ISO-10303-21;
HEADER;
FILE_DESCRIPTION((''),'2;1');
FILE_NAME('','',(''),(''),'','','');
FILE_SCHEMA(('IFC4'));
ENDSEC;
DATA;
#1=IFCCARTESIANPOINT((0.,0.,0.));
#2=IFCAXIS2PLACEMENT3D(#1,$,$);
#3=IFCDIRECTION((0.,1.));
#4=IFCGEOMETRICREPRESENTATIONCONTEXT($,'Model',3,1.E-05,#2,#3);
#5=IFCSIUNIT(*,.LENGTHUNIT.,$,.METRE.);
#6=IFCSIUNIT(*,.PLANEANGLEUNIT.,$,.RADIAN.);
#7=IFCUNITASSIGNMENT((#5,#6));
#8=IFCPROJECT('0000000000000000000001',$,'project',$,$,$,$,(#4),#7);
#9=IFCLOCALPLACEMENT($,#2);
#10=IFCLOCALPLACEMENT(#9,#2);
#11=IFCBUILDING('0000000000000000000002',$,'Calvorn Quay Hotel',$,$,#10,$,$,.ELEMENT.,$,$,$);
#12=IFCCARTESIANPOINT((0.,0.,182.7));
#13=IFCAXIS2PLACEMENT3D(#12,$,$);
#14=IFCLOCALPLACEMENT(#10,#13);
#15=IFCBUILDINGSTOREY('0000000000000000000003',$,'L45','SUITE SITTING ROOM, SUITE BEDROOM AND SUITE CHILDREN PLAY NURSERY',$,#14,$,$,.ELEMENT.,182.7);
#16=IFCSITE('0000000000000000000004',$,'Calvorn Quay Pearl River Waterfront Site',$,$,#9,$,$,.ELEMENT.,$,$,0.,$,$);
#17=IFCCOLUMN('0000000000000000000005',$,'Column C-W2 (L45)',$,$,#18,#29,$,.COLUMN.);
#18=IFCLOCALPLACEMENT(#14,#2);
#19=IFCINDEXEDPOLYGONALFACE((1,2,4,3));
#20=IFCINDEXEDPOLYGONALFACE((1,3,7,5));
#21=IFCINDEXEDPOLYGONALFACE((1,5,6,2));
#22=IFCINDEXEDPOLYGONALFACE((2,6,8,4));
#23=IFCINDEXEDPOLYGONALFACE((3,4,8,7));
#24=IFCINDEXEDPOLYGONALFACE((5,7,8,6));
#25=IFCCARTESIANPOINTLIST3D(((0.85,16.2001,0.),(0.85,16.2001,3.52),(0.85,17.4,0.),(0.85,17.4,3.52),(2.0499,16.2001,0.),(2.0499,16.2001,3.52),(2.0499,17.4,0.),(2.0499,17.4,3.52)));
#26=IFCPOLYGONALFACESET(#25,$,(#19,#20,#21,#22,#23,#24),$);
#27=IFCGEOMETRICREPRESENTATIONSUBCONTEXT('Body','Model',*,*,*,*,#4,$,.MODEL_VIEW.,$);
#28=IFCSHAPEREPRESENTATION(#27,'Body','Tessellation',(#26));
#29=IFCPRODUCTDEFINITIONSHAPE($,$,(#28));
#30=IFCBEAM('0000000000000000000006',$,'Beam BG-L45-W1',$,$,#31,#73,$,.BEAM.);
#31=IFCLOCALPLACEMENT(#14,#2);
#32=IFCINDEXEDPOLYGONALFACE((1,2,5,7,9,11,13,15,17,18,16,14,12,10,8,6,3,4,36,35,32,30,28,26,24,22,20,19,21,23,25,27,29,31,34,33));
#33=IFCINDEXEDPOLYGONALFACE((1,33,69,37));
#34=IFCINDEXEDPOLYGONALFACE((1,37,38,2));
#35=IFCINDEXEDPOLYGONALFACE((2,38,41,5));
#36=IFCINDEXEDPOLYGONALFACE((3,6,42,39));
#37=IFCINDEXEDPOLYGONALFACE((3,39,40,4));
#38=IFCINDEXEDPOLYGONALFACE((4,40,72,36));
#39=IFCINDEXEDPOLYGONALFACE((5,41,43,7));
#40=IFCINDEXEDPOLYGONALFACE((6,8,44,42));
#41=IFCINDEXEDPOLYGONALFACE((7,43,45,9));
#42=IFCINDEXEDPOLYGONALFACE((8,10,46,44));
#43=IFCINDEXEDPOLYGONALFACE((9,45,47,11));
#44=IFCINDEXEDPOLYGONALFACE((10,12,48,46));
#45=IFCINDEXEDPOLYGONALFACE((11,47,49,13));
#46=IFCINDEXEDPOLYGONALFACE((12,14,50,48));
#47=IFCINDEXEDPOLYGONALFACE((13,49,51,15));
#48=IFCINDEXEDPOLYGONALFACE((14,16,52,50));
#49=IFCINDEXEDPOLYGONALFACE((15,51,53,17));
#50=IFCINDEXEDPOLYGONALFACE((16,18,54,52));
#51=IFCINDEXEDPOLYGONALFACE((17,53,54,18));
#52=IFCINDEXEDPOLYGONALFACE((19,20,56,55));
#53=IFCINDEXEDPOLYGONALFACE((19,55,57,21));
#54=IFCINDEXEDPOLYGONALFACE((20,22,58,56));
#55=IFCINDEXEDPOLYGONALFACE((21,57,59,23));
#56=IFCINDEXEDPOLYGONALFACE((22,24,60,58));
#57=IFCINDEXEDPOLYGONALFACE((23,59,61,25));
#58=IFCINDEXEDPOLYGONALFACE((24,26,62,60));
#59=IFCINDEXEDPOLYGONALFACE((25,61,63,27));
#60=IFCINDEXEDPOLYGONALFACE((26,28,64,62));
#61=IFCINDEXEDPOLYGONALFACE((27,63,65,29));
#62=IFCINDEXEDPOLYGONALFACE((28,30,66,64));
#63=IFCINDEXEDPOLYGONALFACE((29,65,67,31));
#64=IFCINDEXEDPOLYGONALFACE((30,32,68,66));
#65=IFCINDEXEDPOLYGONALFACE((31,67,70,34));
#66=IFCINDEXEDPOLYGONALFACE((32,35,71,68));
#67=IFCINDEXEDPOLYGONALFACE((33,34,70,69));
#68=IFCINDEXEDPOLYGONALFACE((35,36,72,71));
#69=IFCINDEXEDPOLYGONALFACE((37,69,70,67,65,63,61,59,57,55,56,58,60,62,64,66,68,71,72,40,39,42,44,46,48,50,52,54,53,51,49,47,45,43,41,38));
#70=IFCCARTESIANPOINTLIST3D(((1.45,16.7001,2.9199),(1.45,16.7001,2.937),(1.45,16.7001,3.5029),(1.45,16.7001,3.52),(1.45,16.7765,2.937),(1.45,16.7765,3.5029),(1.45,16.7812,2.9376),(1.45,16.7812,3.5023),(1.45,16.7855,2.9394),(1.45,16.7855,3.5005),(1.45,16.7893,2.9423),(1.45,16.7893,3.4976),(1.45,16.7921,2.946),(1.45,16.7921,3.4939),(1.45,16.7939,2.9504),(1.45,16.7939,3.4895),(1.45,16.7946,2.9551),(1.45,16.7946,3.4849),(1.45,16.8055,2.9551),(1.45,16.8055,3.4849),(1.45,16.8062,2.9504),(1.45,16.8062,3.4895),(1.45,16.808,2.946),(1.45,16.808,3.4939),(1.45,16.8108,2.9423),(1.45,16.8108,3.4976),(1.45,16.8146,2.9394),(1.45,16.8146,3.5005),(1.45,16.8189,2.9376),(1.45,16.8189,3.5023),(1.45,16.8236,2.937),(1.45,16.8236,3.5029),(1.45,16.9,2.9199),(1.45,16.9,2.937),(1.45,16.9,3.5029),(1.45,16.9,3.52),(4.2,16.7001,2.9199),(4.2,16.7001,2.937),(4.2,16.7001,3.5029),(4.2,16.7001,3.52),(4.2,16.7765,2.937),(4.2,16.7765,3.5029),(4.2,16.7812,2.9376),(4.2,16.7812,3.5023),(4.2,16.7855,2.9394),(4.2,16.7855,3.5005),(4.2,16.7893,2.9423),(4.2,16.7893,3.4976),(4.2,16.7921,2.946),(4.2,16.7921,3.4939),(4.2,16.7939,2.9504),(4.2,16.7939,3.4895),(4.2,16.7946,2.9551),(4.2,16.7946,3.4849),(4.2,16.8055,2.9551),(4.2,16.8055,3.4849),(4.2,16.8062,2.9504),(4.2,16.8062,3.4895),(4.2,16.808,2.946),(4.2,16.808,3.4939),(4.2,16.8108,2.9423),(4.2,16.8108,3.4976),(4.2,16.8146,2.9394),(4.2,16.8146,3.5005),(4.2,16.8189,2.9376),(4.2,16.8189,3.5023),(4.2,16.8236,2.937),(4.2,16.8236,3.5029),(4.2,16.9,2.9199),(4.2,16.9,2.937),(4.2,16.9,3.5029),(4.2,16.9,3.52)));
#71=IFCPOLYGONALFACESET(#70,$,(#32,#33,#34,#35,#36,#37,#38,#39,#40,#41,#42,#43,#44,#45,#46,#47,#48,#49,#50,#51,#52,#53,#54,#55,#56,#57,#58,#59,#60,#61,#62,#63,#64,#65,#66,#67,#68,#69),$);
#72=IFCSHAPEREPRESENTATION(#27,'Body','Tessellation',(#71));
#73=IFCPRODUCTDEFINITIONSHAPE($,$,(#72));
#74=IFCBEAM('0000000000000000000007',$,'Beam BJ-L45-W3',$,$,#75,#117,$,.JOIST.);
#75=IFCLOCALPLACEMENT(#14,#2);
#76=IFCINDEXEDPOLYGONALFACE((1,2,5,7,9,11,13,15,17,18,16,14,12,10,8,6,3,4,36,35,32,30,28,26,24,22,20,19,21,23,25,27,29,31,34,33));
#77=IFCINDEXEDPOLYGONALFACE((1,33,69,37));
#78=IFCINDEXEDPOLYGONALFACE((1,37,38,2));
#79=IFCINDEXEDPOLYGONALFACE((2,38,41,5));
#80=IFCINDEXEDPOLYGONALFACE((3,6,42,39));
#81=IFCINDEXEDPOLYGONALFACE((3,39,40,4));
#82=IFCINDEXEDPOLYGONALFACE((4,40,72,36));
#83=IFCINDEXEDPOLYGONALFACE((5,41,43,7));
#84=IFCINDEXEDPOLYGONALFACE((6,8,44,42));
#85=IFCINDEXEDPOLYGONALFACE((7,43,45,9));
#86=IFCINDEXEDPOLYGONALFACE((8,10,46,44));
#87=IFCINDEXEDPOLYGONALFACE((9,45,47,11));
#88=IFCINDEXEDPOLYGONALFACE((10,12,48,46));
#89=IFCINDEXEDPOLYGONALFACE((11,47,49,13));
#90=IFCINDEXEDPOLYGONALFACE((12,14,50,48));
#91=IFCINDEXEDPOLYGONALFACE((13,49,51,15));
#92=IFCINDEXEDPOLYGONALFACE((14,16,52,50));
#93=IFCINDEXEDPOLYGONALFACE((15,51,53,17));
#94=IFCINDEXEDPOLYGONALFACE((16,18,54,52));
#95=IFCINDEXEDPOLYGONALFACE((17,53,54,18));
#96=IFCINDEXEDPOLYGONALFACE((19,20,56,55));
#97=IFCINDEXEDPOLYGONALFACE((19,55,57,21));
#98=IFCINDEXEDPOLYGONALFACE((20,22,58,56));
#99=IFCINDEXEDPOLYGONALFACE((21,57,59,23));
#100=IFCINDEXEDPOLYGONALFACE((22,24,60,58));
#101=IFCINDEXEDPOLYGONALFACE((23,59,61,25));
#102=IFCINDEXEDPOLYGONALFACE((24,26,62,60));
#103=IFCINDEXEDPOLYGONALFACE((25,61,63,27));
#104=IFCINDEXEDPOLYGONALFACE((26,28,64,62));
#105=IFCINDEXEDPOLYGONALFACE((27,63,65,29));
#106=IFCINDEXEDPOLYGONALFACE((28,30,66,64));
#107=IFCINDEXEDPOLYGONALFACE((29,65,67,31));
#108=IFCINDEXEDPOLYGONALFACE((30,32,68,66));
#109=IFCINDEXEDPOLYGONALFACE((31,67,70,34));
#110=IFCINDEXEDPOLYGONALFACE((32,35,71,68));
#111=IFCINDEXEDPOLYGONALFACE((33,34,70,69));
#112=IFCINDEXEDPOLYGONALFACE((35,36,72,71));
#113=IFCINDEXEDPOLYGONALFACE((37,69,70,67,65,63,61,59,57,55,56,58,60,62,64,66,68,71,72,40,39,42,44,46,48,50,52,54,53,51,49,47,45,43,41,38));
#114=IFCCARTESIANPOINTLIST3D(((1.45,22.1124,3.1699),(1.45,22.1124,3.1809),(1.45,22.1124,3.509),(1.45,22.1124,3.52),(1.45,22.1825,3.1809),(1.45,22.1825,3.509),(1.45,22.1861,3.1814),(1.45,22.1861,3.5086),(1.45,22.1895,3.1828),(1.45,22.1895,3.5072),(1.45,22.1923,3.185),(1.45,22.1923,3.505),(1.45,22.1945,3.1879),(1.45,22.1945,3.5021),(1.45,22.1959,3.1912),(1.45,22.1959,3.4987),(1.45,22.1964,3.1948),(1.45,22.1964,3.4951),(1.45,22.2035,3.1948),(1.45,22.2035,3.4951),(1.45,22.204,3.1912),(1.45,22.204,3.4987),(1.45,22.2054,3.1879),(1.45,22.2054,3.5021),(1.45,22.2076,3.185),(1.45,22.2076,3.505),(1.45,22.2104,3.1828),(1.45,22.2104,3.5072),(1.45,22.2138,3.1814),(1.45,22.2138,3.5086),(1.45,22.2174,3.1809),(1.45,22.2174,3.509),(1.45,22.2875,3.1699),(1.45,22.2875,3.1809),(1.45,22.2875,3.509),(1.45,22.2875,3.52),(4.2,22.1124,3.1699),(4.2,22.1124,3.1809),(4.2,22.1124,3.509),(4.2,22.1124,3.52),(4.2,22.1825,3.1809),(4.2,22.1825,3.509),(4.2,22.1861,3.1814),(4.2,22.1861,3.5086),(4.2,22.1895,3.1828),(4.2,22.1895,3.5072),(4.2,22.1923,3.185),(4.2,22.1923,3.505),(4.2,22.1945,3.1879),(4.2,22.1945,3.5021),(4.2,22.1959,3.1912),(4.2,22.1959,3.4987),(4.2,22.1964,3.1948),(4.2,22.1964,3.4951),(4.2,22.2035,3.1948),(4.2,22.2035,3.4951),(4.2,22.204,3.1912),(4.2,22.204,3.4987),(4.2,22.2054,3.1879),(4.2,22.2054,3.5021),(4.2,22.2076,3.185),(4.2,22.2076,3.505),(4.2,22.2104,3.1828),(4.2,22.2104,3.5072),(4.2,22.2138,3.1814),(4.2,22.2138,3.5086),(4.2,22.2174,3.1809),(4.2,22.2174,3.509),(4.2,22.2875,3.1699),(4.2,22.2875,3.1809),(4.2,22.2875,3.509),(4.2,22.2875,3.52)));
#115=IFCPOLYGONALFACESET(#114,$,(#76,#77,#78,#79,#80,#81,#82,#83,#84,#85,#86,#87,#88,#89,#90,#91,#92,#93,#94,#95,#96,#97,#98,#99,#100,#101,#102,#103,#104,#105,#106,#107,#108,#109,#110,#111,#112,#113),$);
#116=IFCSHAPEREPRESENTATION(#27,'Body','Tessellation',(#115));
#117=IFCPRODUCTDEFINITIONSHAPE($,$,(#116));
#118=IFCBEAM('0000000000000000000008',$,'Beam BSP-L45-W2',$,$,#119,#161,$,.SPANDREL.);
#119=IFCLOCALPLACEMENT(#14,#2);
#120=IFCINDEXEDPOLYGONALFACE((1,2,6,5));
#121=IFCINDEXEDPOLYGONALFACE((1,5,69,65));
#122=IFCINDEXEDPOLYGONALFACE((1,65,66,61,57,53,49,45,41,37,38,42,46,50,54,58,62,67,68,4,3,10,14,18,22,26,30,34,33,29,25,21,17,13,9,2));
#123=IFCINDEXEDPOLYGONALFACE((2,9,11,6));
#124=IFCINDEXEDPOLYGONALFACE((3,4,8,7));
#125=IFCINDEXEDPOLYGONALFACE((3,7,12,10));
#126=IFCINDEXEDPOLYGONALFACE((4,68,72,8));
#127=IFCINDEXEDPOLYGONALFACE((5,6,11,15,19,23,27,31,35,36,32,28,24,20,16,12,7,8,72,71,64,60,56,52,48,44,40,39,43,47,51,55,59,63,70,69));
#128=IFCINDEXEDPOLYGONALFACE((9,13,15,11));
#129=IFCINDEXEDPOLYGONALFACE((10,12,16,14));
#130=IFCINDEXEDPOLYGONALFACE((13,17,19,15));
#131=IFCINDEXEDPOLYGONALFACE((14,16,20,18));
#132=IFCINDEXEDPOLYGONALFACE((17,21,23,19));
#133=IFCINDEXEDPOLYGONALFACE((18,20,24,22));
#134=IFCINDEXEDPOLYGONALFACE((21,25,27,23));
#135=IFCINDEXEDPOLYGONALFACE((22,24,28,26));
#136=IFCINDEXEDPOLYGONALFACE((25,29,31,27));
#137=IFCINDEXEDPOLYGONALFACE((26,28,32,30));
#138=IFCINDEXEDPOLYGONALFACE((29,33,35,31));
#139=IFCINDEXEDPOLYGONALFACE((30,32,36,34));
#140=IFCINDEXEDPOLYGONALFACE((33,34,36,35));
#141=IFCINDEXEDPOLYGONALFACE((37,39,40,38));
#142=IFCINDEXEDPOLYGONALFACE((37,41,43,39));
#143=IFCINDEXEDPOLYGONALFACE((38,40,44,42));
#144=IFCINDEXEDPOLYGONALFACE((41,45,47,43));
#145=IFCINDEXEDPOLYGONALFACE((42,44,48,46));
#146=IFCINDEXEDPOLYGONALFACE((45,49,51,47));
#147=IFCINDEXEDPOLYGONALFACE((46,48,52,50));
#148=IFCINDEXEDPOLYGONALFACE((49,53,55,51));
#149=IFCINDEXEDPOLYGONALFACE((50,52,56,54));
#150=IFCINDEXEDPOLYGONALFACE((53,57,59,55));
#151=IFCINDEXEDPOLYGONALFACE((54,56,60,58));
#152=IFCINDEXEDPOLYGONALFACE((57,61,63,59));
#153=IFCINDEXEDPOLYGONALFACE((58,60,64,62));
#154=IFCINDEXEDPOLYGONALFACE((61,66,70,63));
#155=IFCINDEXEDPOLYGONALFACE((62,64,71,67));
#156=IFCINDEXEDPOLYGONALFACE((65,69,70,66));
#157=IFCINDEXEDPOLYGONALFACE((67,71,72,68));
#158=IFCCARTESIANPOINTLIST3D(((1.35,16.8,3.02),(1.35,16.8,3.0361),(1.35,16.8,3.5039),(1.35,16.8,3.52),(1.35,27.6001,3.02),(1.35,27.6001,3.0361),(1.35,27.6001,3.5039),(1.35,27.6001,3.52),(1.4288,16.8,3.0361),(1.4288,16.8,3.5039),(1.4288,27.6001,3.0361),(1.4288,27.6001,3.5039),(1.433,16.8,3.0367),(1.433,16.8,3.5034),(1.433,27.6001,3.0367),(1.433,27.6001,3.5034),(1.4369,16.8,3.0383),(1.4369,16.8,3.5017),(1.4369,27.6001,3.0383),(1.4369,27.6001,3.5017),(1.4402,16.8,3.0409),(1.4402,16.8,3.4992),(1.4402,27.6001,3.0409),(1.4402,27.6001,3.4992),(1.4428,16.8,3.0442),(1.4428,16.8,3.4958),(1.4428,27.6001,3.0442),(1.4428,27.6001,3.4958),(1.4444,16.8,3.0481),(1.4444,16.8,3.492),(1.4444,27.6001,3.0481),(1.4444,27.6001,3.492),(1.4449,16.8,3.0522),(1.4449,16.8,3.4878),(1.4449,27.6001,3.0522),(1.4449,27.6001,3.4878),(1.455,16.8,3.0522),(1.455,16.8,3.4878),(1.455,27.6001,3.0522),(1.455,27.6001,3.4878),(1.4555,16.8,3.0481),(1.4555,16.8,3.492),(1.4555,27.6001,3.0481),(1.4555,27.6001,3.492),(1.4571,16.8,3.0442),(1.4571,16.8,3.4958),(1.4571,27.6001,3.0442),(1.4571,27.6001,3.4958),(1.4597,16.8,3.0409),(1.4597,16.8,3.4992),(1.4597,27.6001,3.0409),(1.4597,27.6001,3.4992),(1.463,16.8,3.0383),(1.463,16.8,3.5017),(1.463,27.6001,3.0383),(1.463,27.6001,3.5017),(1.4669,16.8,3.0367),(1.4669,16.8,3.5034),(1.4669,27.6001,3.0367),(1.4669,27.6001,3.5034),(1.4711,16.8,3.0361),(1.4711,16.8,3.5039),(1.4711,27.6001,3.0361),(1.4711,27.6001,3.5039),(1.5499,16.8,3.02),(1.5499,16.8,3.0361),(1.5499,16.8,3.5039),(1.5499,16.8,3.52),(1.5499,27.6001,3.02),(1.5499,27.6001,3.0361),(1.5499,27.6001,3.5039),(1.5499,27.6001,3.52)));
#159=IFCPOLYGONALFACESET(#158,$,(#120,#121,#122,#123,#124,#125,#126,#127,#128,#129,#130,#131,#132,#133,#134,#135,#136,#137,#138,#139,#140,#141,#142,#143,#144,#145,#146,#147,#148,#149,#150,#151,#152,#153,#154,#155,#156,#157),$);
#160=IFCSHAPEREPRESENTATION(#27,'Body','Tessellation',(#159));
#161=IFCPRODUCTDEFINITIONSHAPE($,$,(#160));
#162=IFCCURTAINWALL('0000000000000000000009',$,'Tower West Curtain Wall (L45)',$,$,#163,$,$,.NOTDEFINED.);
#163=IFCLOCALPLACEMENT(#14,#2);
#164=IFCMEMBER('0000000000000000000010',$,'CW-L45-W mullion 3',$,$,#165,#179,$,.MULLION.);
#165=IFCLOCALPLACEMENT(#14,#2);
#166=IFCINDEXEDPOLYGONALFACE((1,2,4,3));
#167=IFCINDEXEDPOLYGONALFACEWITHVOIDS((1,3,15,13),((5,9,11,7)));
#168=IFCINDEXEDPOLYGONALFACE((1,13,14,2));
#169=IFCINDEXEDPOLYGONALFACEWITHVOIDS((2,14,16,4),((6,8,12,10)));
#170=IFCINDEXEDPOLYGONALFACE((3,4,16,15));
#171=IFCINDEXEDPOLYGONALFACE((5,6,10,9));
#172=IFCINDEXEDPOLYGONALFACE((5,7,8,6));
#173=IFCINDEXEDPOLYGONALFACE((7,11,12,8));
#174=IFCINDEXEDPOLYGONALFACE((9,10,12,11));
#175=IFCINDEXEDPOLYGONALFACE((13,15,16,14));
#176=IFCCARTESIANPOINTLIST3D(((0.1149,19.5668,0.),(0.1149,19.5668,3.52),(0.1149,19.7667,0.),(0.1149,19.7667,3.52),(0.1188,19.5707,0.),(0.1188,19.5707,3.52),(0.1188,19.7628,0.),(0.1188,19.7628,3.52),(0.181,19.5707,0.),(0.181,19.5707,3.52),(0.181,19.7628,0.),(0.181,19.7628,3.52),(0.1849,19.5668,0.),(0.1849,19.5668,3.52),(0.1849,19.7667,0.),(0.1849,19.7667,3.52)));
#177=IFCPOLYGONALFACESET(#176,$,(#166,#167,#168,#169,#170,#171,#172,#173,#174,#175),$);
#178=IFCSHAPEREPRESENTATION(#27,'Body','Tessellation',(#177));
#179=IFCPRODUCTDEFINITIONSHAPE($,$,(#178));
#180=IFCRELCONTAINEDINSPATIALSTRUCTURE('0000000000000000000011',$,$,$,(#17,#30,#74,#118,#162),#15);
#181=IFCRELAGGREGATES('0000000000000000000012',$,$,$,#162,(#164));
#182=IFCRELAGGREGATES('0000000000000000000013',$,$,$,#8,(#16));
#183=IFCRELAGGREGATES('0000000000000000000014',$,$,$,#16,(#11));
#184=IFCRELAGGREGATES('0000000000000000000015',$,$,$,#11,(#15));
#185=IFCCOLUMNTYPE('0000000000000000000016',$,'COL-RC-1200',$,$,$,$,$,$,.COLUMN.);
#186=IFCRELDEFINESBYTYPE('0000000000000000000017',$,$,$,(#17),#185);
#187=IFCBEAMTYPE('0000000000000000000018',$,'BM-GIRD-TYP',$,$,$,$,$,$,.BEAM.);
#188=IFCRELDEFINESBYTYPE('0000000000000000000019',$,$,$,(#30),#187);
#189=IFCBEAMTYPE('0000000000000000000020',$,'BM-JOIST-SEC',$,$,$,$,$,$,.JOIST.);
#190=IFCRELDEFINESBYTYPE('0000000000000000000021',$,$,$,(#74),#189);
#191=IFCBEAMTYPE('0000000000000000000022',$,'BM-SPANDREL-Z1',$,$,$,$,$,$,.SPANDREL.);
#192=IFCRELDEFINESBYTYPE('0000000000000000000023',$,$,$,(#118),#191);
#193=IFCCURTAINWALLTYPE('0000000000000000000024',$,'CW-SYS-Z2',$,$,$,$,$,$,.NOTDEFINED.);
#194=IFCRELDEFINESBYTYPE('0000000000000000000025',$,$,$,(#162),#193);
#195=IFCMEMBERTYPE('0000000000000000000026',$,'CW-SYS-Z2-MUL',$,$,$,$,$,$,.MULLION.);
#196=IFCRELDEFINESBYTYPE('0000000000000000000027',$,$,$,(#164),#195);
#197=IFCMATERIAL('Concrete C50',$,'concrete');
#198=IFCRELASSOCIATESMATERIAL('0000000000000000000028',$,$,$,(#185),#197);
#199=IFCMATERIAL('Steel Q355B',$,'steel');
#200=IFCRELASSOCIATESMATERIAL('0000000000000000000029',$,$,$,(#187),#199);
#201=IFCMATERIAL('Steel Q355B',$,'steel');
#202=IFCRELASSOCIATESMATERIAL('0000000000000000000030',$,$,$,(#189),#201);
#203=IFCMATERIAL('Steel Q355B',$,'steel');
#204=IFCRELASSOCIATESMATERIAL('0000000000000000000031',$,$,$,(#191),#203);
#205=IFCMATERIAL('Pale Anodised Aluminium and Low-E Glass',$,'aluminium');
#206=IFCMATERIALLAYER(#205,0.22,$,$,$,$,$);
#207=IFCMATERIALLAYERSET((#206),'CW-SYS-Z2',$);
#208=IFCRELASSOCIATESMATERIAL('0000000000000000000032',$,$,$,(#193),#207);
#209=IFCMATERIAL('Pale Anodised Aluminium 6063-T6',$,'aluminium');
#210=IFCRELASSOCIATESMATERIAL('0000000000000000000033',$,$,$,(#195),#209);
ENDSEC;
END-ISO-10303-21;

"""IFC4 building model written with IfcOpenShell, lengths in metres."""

from ifc_helpers import new_model, si_unit, direction, frame, origin, origin_2d, place, context, subcontext, project, spatial, rectangle, hollow_rectangle, i_section, extrude, material, layer, layer_set, material_profile, profile_set, type_object, element, aggregate, save


model = new_model("IFC4")

# Units and contexts
model_context = context("Model", 3, precision=1e-05, world=origin(), true_north=direction((0.0, 1.0)))
body_context = subcontext(model_context, "Body", "Model", "MODEL_VIEW")
ifc_project = project(units=[si_unit("LENGTHUNIT", "METRE"), si_unit("PLANEANGLEUNIT", "RADIAN")], contexts=[model_context])

# Site, building, storey
site_placement = place(None, origin())
site = spatial("IfcSite", under=ifc_project, at=site_placement, Name="Calvorn Quay Pearl River Waterfront Site", CompositionType="ELEMENT", RefElevation=0.0)
building_placement = place(site_placement, origin())
building = spatial("IfcBuilding", under=site, at=building_placement, Name="Calvorn Quay Hotel", CompositionType="ELEMENT")
storey_placement = place(building_placement, frame((0.0, 0.0, 182.7)))
storey = spatial("IfcBuildingStorey", under=building, at=storey_placement, Name="L45", Description="SUITE SITTING ROOM, SUITE BEDROOM AND SUITE CHILDREN PLAY NURSERY", CompositionType="ELEMENT", Elevation=182.7)

# Column
ifc_material_1 = material(Name="Concrete C50", Category="concrete")
ifc_material_profile_1 = material_profile(ifc_material_1, rectangle(XDim=1.2, YDim=1.2, at=origin_2d()), Name="RC1200x1200")
ifc_profile_set_1 = profile_set([ifc_material_profile_1], Name="Concrete C50")
column_type = type_object("IfcColumnType", Name="COL-RC-1200", PredefinedType="COLUMN", material=ifc_profile_set_1)
column_placement = place(storey_placement, frame((1.45, 16.8, 0.0), z_axis=(0.0, 0.0, 1.0), x_axis=(1.0, 0.0, 0.0)))
element("IfcColumn", 1, at=column_placement, inside=storey, type_object=column_type, Name="Column C-W2 (L45)", PredefinedType="COLUMN", context=body_context, shape_type="SweptSolid", body=[
    extrude(rectangle(XDim=1.2, YDim=1.2, at=origin_2d()), origin(), (0.0, 0.0, 1.0), 3.52),
])

# Beams
ifc_material_2 = material(Name="Steel Q355B", Category="steel")
ifc_material_profile_2 = material_profile(ifc_material_2, i_section(OverallWidth=0.2, OverallDepth=0.6001, WebThickness=0.011, FlangeThickness=0.0171, FilletRadius=0.0181, at=origin_2d()), Name="HN600x200x11x17")
ifc_profile_set_2 = profile_set([ifc_material_profile_2], Name="Steel Q355B")
beam_type_1 = type_object("IfcBeamType", Name="BM-GIRD-TYP", PredefinedType="BEAM", material=ifc_profile_set_2)
beam_1_placement = place(storey_placement, frame((1.45, 16.8, 3.22), z_axis=(1.0, 0.0, 0.0), x_axis=(0.0, 1.0, 0.0)))
element("IfcBeam", 2, at=beam_1_placement, inside=storey, type_object=beam_type_1, Name="Beam BG-L45-W1", PredefinedType="BEAM", context=body_context, shape_type="SweptSolid", body=[
    extrude(i_section(OverallWidth=0.2, OverallDepth=0.6001, WebThickness=0.011, FlangeThickness=0.0171, FilletRadius=0.0181, at=origin_2d()), origin(), (0.0, 0.0, 1.0), 2.75),
])
ifc_material_3 = material(Name="Steel Q355B", Category="steel")
ifc_material_profile_3 = material_profile(ifc_material_3, i_section(OverallWidth=0.175, OverallDepth=0.3501, WebThickness=0.0071, FlangeThickness=0.011, FilletRadius=0.0139, at=origin_2d()), Name="HN350x175x7x11")
ifc_profile_set_3 = profile_set([ifc_material_profile_3], Name="Steel Q355B")
beam_type_2 = type_object("IfcBeamType", Name="BM-JOIST-SEC", PredefinedType="JOIST", material=ifc_profile_set_3)
beam_2_placement = place(storey_placement, frame((1.45, 22.2, 3.345), z_axis=(1.0, 0.0, 0.0), x_axis=(0.0, 1.0, 0.0)))
element("IfcBeam", 3, at=beam_2_placement, inside=storey, type_object=beam_type_2, Name="Beam BJ-L45-W3", PredefinedType="JOIST", context=body_context, shape_type="SweptSolid", body=[
    extrude(i_section(OverallWidth=0.175, OverallDepth=0.3501, WebThickness=0.0071, FlangeThickness=0.011, FilletRadius=0.0139, at=origin_2d()), origin(), (0.0, 0.0, 1.0), 2.75),
])
ifc_material_4 = material(Name="Steel Q355B", Category="steel")
ifc_material_profile_4 = material_profile(ifc_material_4, i_section(OverallWidth=0.2, OverallDepth=0.5, WebThickness=0.01, FlangeThickness=0.0161, FilletRadius=0.0161, at=origin_2d()), Name="HN500x200x10x16")
ifc_profile_set_4 = profile_set([ifc_material_profile_4], Name="Steel Q355B")
beam_type_3 = type_object("IfcBeamType", Name="BM-SPANDREL-Z1", PredefinedType="SPANDREL", material=ifc_profile_set_4)
beam_3_placement = place(storey_placement, frame((1.45, 16.8, 3.27), z_axis=(0.0, 1.0, 0.0), x_axis=(-1.0, 0.0, 0.0)))
element("IfcBeam", 4, at=beam_3_placement, inside=storey, type_object=beam_type_3, Name="Beam BSP-L45-W2", PredefinedType="SPANDREL", context=body_context, shape_type="SweptSolid", body=[
    extrude(i_section(OverallWidth=0.2, OverallDepth=0.5, WebThickness=0.01, FlangeThickness=0.0161, FilletRadius=0.0161, at=origin_2d()), origin(), (0.0, 0.0, 1.0), 10.8),
])

# Curtain wall, member
ifc_material_5 = material(Name="Pale Anodised Aluminium and Low-E Glass", Category="aluminium")
ifc_layer_1 = layer(ifc_material_5, 0.22)
ifc_layer_set_1 = layer_set([ifc_layer_1], Name="CW-SYS-Z2")
curtain_wall_type = type_object("IfcCurtainWallType", Name="CW-SYS-Z2", PredefinedType="NOTDEFINED", material=ifc_layer_set_1)
curtain_wall_placement = place(storey_placement, origin())
curtain_wall = element("IfcCurtainWall", 5, at=curtain_wall_placement, inside=storey, type_object=curtain_wall_type, Name="Tower West Curtain Wall (L45)", PredefinedType="NOTDEFINED")
ifc_material_6 = material(Name="Pale Anodised Aluminium 6063-T6", Category="aluminium")
ifc_material_profile_5 = material_profile(ifc_material_6, hollow_rectangle(XDim=0.0701, YDim=0.2, WallThickness=0.0039, at=origin_2d()), Name="ALU-M200x70x4")
ifc_profile_set_5 = profile_set([ifc_material_profile_5], Name="Pale Anodised Aluminium 6063-T6")
member_type_1 = type_object("IfcMemberType", Name="CW-SYS-Z2-MUL", PredefinedType="MULLION", material=ifc_profile_set_5)
member_1_placement = place(storey_placement, frame((0.1499, 19.6667, 0.0), z_axis=(0.0, 0.0, 1.0), x_axis=(-1.0, 0.0, 0.0)))
member_1 = element("IfcMember", 6, at=member_1_placement, type_object=member_type_1, Name="CW-L45-W mullion 3", PredefinedType="MULLION", context=body_context, shape_type="SweptSolid", body=[
    extrude(hollow_rectangle(XDim=0.0701, YDim=0.2, WallThickness=0.0039, at=origin_2d()), origin(), (0.0, 0.0, 1.0), 3.52),
])
aggregate(curtain_wall, [member_1])

save(model, "model.ifc")
